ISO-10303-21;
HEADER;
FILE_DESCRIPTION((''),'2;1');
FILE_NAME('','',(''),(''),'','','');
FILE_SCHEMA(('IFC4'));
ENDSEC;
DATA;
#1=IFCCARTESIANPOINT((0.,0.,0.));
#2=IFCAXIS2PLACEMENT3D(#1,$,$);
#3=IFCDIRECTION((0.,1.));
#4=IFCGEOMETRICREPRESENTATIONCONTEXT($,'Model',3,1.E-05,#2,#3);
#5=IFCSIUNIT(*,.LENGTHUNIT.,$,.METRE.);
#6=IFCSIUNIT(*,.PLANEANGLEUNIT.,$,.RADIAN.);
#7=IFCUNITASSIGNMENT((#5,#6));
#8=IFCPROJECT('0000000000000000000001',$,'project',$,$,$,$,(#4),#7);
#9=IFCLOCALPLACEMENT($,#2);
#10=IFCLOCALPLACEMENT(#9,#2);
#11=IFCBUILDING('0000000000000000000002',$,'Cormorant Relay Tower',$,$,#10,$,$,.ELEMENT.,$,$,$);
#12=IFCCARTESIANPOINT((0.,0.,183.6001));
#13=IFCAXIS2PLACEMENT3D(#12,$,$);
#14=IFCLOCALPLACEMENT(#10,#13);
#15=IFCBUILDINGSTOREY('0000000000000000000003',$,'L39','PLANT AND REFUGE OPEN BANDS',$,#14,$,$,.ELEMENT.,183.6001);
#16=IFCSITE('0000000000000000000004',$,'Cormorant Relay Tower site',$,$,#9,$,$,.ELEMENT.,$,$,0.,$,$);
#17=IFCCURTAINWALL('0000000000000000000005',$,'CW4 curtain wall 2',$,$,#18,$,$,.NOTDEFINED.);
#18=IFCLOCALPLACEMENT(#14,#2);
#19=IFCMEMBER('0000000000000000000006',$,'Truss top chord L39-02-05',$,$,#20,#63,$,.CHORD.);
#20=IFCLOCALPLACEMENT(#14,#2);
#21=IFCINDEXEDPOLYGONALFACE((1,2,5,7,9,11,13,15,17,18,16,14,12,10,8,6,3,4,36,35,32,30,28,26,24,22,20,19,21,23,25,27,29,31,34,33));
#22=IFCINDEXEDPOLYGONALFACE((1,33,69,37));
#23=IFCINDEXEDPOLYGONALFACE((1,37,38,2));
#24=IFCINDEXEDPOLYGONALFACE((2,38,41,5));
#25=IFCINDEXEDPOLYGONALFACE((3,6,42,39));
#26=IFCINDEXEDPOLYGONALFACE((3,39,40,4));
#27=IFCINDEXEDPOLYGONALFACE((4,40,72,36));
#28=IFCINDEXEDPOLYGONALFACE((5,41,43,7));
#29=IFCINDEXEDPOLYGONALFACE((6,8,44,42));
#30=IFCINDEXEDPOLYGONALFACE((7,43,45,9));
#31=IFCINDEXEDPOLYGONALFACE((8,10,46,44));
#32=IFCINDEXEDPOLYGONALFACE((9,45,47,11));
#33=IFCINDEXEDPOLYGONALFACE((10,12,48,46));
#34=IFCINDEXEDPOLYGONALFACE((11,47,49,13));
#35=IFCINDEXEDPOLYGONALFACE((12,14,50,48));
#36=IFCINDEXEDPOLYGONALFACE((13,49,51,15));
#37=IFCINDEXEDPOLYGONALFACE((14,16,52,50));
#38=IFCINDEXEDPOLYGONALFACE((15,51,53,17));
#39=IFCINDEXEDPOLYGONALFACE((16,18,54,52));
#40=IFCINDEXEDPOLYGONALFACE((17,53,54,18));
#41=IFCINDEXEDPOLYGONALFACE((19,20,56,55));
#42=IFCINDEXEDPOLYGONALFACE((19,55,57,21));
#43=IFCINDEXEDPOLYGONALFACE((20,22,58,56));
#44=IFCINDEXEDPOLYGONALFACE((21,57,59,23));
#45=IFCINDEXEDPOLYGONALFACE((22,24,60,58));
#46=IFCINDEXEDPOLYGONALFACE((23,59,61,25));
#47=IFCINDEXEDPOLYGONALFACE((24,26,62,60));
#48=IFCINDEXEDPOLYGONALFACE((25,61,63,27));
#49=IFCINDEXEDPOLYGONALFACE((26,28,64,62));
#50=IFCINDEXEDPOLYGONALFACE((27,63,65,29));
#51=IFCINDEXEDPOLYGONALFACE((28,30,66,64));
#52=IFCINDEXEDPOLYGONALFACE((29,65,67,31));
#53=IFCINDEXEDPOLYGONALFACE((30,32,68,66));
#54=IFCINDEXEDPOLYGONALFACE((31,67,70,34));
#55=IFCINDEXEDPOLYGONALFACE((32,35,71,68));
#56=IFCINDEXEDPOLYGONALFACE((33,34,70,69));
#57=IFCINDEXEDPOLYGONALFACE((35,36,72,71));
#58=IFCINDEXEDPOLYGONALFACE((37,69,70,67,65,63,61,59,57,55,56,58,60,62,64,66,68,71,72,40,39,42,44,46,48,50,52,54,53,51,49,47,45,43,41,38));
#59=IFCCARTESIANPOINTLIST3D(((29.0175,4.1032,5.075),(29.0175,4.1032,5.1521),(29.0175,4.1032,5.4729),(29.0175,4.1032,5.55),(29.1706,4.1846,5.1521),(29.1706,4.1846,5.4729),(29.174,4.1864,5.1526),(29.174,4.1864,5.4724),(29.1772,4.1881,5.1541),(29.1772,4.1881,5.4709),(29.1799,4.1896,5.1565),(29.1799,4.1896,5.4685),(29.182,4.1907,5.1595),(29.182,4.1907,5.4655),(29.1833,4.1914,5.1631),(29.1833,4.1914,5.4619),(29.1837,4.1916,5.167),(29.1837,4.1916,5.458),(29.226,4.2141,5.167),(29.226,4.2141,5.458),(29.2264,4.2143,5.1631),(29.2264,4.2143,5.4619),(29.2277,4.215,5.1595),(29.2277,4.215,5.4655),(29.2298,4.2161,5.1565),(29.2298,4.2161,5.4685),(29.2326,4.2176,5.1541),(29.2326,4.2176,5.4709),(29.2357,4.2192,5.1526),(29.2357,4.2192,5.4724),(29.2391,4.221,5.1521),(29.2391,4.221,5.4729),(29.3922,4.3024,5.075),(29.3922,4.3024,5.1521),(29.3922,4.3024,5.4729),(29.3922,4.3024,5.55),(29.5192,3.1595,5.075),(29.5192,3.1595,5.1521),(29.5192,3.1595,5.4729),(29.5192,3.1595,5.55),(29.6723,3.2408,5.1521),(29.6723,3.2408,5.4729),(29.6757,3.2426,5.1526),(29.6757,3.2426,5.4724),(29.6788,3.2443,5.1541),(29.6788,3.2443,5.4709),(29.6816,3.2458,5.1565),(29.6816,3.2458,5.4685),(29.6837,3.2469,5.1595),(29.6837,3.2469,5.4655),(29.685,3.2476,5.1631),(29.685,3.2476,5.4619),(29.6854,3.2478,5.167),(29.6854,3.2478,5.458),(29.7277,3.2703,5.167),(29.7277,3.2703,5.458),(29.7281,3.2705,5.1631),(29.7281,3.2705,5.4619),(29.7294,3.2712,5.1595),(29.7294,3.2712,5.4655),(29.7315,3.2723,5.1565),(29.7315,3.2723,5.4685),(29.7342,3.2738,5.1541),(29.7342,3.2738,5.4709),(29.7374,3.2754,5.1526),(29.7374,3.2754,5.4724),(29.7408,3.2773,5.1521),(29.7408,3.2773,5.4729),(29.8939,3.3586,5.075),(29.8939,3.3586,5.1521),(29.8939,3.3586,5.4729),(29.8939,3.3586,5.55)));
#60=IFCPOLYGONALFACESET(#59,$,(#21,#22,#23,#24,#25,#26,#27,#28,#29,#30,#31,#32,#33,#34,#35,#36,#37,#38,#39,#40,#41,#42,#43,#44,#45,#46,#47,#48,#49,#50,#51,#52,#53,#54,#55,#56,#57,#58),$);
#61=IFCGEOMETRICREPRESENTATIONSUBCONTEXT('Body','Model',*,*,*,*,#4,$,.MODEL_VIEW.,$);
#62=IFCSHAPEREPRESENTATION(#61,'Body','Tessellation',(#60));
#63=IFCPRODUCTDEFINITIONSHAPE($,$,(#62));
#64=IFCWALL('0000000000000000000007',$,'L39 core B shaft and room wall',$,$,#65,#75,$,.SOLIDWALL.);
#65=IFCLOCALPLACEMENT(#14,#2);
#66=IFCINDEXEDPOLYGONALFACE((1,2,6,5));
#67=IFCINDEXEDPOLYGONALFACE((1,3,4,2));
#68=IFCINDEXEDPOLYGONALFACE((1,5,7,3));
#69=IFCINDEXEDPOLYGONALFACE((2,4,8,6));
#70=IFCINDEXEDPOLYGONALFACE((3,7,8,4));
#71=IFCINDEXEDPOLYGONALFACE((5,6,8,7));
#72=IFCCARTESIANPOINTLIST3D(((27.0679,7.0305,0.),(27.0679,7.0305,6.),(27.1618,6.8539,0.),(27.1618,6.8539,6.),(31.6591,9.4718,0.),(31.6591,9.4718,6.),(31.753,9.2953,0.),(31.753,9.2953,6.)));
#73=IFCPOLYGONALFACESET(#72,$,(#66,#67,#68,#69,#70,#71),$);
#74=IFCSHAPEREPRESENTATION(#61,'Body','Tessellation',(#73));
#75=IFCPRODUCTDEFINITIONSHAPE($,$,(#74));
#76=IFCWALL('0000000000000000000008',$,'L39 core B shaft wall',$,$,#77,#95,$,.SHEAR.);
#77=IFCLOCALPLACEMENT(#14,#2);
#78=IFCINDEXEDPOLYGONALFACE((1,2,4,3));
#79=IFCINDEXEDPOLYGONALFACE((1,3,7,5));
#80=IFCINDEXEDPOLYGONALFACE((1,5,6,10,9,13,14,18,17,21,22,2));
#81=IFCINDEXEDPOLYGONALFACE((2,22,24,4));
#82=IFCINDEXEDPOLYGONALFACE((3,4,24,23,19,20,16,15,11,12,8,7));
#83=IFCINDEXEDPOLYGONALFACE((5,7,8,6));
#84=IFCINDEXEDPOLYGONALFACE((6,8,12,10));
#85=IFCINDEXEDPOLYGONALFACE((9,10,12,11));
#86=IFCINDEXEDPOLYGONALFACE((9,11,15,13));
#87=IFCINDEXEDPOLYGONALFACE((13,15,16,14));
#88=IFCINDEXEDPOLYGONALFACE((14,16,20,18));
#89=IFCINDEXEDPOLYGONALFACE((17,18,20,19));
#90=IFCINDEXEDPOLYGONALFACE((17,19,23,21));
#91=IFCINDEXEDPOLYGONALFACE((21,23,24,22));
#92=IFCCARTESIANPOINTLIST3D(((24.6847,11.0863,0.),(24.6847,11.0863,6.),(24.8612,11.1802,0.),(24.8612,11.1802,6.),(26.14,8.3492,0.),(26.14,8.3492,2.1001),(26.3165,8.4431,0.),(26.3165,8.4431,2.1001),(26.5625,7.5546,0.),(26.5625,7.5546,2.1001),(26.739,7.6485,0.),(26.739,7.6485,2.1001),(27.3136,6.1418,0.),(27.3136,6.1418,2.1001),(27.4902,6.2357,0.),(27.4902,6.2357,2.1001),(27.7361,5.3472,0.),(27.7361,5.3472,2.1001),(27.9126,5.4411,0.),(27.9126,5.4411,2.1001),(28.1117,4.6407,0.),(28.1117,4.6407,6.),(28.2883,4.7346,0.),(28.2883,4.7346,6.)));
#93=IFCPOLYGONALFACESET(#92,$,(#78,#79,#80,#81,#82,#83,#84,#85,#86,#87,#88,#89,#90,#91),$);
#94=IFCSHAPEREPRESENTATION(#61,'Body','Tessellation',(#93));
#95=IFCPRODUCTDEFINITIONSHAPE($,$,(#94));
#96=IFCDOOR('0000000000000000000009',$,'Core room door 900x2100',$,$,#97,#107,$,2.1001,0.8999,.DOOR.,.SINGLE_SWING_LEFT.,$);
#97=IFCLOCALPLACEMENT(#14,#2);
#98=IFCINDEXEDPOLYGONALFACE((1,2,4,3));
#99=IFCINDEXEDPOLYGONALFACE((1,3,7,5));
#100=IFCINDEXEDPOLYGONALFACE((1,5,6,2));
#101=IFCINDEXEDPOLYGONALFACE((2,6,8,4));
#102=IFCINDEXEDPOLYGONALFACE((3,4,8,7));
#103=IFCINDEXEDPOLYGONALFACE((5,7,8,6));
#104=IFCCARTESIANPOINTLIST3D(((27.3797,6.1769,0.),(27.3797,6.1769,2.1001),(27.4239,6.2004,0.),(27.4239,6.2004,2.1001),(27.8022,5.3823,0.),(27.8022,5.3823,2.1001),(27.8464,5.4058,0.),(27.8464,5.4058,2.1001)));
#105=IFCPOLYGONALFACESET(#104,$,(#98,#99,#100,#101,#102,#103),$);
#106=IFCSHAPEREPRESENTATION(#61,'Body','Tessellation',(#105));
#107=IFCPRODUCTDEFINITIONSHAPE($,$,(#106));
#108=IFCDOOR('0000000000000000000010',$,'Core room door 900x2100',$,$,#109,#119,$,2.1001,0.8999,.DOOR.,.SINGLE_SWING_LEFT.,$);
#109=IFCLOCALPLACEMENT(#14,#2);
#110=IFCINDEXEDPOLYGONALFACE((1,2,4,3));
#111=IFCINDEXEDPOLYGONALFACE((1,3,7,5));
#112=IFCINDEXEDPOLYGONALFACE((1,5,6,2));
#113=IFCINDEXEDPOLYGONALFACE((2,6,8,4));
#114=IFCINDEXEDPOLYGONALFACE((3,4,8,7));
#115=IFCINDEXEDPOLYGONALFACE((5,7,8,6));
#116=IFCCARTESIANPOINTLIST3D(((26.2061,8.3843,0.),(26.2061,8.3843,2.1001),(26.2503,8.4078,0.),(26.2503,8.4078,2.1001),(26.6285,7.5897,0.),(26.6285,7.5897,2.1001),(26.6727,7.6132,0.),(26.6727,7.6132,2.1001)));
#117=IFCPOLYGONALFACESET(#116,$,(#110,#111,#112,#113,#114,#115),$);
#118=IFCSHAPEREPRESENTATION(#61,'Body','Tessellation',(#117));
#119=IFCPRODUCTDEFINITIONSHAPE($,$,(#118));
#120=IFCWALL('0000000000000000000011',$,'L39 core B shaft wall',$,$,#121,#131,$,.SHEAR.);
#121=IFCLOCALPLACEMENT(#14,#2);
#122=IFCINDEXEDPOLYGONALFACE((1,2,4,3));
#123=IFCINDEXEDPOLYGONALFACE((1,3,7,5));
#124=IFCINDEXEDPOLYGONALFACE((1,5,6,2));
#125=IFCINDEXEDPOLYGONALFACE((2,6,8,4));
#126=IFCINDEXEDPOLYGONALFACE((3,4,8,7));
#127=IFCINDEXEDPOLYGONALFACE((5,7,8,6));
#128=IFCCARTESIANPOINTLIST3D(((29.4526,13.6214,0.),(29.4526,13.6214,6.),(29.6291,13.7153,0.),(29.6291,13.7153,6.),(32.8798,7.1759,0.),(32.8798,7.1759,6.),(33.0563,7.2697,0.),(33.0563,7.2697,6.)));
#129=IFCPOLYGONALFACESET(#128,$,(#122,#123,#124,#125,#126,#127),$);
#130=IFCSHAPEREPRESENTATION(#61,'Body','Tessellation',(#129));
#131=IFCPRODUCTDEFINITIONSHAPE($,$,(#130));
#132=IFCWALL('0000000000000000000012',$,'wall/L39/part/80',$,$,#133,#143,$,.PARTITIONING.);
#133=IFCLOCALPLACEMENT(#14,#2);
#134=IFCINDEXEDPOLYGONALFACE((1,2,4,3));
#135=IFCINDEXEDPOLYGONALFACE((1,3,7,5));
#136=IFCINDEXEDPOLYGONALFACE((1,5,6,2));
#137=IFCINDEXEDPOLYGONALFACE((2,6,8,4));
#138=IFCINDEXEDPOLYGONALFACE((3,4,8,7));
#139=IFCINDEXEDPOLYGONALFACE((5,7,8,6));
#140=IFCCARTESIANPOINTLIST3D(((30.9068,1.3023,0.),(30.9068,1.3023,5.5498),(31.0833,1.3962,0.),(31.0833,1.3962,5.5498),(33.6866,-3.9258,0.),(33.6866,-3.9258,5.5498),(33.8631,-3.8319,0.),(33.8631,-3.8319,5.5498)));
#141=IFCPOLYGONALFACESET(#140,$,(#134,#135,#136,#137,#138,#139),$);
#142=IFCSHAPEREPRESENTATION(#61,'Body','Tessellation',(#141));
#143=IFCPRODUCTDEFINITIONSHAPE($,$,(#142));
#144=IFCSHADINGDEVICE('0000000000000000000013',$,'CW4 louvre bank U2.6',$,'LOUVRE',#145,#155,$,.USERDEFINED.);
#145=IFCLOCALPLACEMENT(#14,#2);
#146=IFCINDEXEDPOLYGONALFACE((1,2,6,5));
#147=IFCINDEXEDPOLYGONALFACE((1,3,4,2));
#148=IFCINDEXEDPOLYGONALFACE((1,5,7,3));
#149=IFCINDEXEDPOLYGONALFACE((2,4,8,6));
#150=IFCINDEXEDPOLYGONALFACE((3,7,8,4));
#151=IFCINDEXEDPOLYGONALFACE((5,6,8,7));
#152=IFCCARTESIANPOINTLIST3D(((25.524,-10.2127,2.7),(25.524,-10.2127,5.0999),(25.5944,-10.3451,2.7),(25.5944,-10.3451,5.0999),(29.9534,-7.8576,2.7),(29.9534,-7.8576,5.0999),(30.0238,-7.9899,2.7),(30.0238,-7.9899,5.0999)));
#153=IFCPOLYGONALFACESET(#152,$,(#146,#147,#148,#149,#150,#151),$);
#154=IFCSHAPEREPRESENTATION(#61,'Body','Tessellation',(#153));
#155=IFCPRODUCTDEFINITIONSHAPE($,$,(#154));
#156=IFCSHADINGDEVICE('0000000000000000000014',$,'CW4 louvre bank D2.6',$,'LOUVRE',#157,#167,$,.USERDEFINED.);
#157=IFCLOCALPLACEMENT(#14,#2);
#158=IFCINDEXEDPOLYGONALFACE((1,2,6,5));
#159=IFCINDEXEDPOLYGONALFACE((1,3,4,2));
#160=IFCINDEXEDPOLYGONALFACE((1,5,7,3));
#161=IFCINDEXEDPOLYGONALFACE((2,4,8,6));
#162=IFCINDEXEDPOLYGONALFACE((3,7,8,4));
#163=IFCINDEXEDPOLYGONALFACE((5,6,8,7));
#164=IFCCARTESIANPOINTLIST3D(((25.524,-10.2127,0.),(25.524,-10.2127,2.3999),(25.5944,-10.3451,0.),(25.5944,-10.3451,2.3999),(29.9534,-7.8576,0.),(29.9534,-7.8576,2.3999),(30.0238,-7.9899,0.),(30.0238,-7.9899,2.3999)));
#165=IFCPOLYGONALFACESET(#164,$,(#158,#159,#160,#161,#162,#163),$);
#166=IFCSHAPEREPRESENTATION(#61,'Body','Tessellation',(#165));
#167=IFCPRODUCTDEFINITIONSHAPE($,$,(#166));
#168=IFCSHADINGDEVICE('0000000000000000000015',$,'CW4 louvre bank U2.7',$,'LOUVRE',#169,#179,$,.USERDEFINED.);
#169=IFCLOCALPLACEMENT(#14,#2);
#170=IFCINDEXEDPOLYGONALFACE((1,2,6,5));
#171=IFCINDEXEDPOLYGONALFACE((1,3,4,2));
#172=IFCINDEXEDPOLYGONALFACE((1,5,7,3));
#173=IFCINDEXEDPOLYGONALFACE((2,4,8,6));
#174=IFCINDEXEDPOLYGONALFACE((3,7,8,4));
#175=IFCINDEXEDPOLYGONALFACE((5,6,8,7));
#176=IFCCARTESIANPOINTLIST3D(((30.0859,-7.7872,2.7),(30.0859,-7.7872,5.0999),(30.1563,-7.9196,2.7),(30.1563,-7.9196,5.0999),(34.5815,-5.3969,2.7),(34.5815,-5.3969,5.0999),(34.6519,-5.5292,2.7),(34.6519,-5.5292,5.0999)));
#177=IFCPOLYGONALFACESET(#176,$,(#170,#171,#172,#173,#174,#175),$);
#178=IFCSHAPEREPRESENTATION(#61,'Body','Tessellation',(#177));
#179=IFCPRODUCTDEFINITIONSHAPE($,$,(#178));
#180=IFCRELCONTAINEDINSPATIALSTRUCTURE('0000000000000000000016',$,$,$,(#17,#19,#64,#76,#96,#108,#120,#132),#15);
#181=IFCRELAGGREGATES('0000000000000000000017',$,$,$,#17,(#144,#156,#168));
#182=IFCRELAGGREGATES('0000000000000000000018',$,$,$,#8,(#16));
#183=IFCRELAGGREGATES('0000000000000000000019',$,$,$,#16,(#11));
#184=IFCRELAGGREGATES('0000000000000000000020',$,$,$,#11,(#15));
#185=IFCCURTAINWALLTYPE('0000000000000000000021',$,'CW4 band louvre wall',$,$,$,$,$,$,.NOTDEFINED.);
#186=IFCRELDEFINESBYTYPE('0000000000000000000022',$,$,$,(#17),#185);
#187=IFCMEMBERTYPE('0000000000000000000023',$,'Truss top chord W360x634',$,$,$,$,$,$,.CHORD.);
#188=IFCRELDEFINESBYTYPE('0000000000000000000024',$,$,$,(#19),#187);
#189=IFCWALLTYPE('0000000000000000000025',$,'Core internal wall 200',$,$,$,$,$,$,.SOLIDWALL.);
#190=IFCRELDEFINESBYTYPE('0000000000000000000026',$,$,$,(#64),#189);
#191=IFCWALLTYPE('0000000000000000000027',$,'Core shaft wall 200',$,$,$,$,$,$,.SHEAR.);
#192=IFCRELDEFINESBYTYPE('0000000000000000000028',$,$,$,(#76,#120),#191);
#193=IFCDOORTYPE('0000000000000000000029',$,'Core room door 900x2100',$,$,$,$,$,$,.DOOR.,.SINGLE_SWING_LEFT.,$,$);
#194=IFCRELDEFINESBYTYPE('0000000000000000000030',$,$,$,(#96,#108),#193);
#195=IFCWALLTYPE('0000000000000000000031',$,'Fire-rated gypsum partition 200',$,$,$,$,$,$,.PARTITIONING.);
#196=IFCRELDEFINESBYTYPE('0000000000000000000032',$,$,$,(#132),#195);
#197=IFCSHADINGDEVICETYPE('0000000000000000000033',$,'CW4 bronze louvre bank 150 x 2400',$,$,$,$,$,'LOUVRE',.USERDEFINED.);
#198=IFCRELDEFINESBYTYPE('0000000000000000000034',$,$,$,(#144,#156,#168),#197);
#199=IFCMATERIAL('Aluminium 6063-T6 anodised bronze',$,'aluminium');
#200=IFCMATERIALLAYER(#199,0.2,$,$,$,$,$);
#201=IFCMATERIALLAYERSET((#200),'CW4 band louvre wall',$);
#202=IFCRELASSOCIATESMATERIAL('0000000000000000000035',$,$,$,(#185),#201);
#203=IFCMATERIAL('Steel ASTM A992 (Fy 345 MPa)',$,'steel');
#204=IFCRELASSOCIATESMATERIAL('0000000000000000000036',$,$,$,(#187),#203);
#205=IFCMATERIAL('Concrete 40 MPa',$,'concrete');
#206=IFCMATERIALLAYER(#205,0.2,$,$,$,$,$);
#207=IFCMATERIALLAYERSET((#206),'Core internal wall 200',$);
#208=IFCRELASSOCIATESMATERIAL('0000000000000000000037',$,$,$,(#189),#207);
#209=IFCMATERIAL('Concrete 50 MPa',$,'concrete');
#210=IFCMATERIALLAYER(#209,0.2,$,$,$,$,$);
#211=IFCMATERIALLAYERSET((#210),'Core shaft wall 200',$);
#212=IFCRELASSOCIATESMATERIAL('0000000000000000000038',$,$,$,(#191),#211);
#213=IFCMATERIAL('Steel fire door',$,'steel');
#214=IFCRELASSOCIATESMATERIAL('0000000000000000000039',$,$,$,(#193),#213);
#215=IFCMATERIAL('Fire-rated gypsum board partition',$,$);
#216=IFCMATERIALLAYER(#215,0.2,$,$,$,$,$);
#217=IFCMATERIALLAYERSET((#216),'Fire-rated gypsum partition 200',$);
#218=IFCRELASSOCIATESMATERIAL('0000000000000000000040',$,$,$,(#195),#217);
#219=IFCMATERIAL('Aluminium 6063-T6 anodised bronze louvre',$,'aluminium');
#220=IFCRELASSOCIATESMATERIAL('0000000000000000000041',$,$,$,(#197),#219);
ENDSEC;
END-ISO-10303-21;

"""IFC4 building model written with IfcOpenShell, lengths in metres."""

from ifc_helpers import new_model, si_unit, direction, frame, frame_2d, origin, origin_2d, place, context, subcontext, project, spatial, rectangle, i_section, extrude, material, layer, layer_set, material_profile, profile_set, type_object, element, fill, aggregate, save


model = new_model("IFC4")

# Units and contexts
model_context = context("Model", 3, precision=1e-05, world=origin(), true_north=direction((0.0, 1.0)))
body_context = subcontext(model_context, "Body", "Model", "MODEL_VIEW")
ifc_project = project(units=[si_unit("LENGTHUNIT", "METRE"), si_unit("PLANEANGLEUNIT", "RADIAN")], contexts=[model_context])

# Site, building, storey
site_placement = place(None, origin())
site = spatial("IfcSite", under=ifc_project, at=site_placement, Name="Cormorant Relay Tower site", CompositionType="ELEMENT", RefElevation=0.0)
building_placement = place(site_placement, origin())
building = spatial("IfcBuilding", under=site, at=building_placement, Name="Cormorant Relay Tower", CompositionType="ELEMENT")
storey_placement = place(building_placement, frame((0.0, 0.0, 183.6001)))
storey = spatial("IfcBuildingStorey", under=building, at=storey_placement, Name="L39", Description="PLANT AND REFUGE OPEN BANDS", CompositionType="ELEMENT", Elevation=183.6001)

# Curtain wall
ifc_material_1 = material(Name="Aluminium 6063-T6 anodised bronze", Category="aluminium")
ifc_layer_1 = layer(ifc_material_1, 0.2)
ifc_layer_set_1 = layer_set([ifc_layer_1], Name="CW4 band louvre wall")
curtain_wall_type = type_object("IfcCurtainWallType", Name="CW4 band louvre wall", PredefinedType="NOTDEFINED", material=ifc_layer_set_1)
curtain_wall_placement = place(storey_placement, origin())
curtain_wall = element("IfcCurtainWall", 1, at=curtain_wall_placement, inside=storey, type_object=curtain_wall_type, Name="CW4 curtain wall 2", PredefinedType="NOTDEFINED")

# Member
ifc_material_2 = material(Name="Steel ASTM A992 (Fy 345 MPa)", Category="steel")
ifc_material_profile_1 = material_profile(ifc_material_2, i_section(OverallWidth=0.4243, OverallDepth=0.4751, WebThickness=0.0479, FlangeThickness=0.0771, FilletRadius=0.0149, at=origin_2d()), Name="W360x634")
ifc_profile_set_1 = profile_set([ifc_material_profile_1], Name="Steel ASTM A992 (Fy 345 MPa)")
member_type_1 = type_object("IfcMemberType", Name="Truss top chord W360x634", PredefinedType="CHORD", material=ifc_profile_set_1)
member_1_placement = place(storey_placement, frame((29.7065, 3.259, 5.3125), z_axis=(-0.469367, 0.883003, 0.0), x_axis=(-0.883003, -0.469367, 0.0)))
element("IfcMember", 2, at=member_1_placement, inside=storey, type_object=member_type_1, Name="Truss top chord L39-02-05", PredefinedType="CHORD", context=body_context, shape_type="SweptSolid", body=[
    extrude(i_section(OverallWidth=0.4243, OverallDepth=0.4751, WebThickness=0.0479, FlangeThickness=0.0771, FilletRadius=0.0149, at=origin_2d()), origin(), (0.0, 0.0, 1.0), 1.0688),
])

# Wall
ifc_material_3 = material(Name="Concrete 40 MPa", Category="concrete")
ifc_layer_2 = layer(ifc_material_3, 0.2)
ifc_layer_set_2 = layer_set([ifc_layer_2], Name="Core internal wall 200")
wall_type_1 = type_object("IfcWallType", Name="Core internal wall 200", PredefinedType="SOLIDWALL", material=ifc_layer_set_2)
wall_1_placement = place(storey_placement, frame((27.1147, 6.9421, 0.0), z_axis=(0.0, 0.0, 1.0), x_axis=(0.882935, 0.469496, 0.0)))
element("IfcWall", 3, at=wall_1_placement, inside=storey, type_object=wall_type_1, Name="L39 core B shaft and room wall", PredefinedType="SOLIDWALL", context=body_context, shape_type="SweptSolid", body=[
    extrude(rectangle(XDim=5.2, YDim=0.2, at=frame_2d((2.6001, 0.0))), origin(), (0.0, 0.0, 1.0), 6.0),
])

# Wall, openings, doors
ifc_material_4 = material(Name="Concrete 50 MPa", Category="concrete")
ifc_layer_3 = layer(ifc_material_4, 0.2)
ifc_layer_set_3 = layer_set([ifc_layer_3], Name="Core shaft wall 200")
wall_type_2 = type_object("IfcWallType", Name="Core shaft wall 200", PredefinedType="SHEAR", material=ifc_layer_set_3)
wall_2_placement = place(storey_placement, frame((28.2, 4.6877, 0.0), z_axis=(0.0, 0.0, 1.0), x_axis=(-0.469454, 0.882957, 0.0)))
wall_2 = element("IfcWall", 4, at=wall_2_placement, inside=storey, type_object=wall_type_2, Name="L39 core B shaft wall", PredefinedType="SHEAR", context=body_context, shape_type="SweptSolid", body=[
    extrude(rectangle(XDim=7.3, YDim=0.2, at=frame_2d((3.6499, 0.0))), origin(), (0.0, 0.0, 1.0), 6.0),
])
opening_1_placement = place(wall_2_placement, frame((0.8, 0.0, 0.0)))
opening_1 = element("IfcOpeningElement", 5, at=opening_1_placement, cuts=wall_2, PredefinedType="OPENING", context=body_context, shape_type="SweptSolid", body=[
    extrude(rectangle(XDim=0.8999, YDim=2.1001, at=frame_2d((0.45, 1.05))), frame((0.0, 0.1099, 0.0), z_axis=(0.0, -1.0, 0.0), x_axis=(1.0, 0.0, 0.0)), (0.0, 0.0, 1.0), 0.22),
])
opening_2_placement = place(wall_2_placement, frame((3.3, 0.0, 0.0)))
opening_2 = element("IfcOpeningElement", 6, at=opening_2_placement, cuts=wall_2, PredefinedType="OPENING", context=body_context, shape_type="SweptSolid", body=[
    extrude(rectangle(XDim=0.8999, YDim=2.1001, at=frame_2d((0.45, 1.05))), frame((0.0, 0.1099, 0.0), z_axis=(0.0, -1.0, 0.0), x_axis=(1.0, 0.0, 0.0)), (0.0, 0.0, 1.0), 0.22),
])
ifc_material_5 = material(Name="Steel fire door", Category="steel")
door_type = type_object("IfcDoorType", Name="Core room door 900x2100", OperationType="SINGLE_SWING_LEFT", PredefinedType="DOOR", material=ifc_material_5)
door_1_placement = place(opening_1_placement, frame((0.8999, 0.0, 0.0), z_axis=(0.0, 0.0, 1.0), x_axis=(-1.0, 0.0, 0.0)))
door_1 = element("IfcDoor", 7, at=door_1_placement, inside=storey, type_object=door_type, Name="Core room door 900x2100", OperationType="SINGLE_SWING_LEFT", OverallHeight=2.1001, OverallWidth=0.8999, PredefinedType="DOOR", context=body_context, shape_type="SweptSolid", body=[
    extrude(rectangle(XDim=0.8999, YDim=2.1001, at=frame_2d((0.45, 1.05))), frame((0.0, 0.0249, 0.0), z_axis=(0.0, -1.0, 0.0), x_axis=(1.0, 0.0, 0.0)), (0.0, 0.0, 1.0), 0.05),
])
fill(opening_1, door_1)
door_2_placement = place(opening_2_placement, frame((0.8999, 0.0, 0.0), z_axis=(0.0, 0.0, 1.0), x_axis=(-1.0, 0.0, 0.0)))
door_2 = element("IfcDoor", 8, at=door_2_placement, inside=storey, type_object=door_type, Name="Core room door 900x2100", OperationType="SINGLE_SWING_LEFT", OverallHeight=2.1001, OverallWidth=0.8999, PredefinedType="DOOR", context=body_context, shape_type="SweptSolid", body=[
    extrude(rectangle(XDim=0.8999, YDim=2.1001, at=frame_2d((0.45, 1.05))), frame((0.0, 0.0249, 0.0), z_axis=(0.0, -1.0, 0.0), x_axis=(1.0, 0.0, 0.0)), (0.0, 0.0, 1.0), 0.05),
])
fill(opening_2, door_2)

# Walls
wall_3_placement = place(storey_placement, frame((32.968, 7.2229, 0.0), z_axis=(0.0, 0.0, 1.0), x_axis=(-0.46948, 0.882943, 0.0)))
element("IfcWall", 9, at=wall_3_placement, inside=storey, type_object=wall_type_2, Name="L39 core B shaft wall", PredefinedType="SHEAR", context=body_context, shape_type="SweptSolid", body=[
    extrude(rectangle(XDim=7.3, YDim=0.2, at=frame_2d((3.6499, 0.0))), origin(), (0.0, 0.0, 1.0), 6.0),
])
ifc_material_6 = material(Name="Fire-rated gypsum board partition")
ifc_layer_4 = layer(ifc_material_6, 0.2)
ifc_layer_set_4 = layer_set([ifc_layer_4], Name="Fire-rated gypsum partition 200")
wall_type_3 = type_object("IfcWallType", Name="Fire-rated gypsum partition 200", PredefinedType="PARTITIONING", material=ifc_layer_set_4)
wall_4_placement = place(storey_placement, frame((30.9951, 1.3491, 0.0), z_axis=(0.0, 0.0, 1.0), x_axis=(0.469471, -0.882948, 0.0)))
element("IfcWall", 10, at=wall_4_placement, inside=storey, type_object=wall_type_3, Name="wall/L39/part/80", PredefinedType="PARTITIONING", context=body_context, shape_type="SweptSolid", body=[
    extrude(rectangle(XDim=5.9211, YDim=0.2, at=frame_2d((2.9604, 0.0))), origin(), (0.0, 0.0, 1.0), 5.5498),
])

# Shading devices
ifc_material_7 = material(Name="Aluminium 6063-T6 anodised bronze louvre", Category="aluminium")
shading_device_type = type_object("IfcShadingDeviceType", Name="CW4 bronze louvre bank 150 x 2400", ElementType="LOUVRE", PredefinedType="USERDEFINED", material=ifc_material_7)
shading_device_1_placement = place(storey_placement, frame((27.7739, -9.1013, 2.7), z_axis=(0.0, 0.0, 1.0), x_axis=(0.882948, 0.469472, 0.0)))
shading_device_1 = element("IfcShadingDevice", 11, at=shading_device_1_placement, type_object=shading_device_type, Name="CW4 louvre bank U2.6", ObjectType="LOUVRE", PredefinedType="USERDEFINED", context=body_context, shape_type="SweptSolid", body=[
    extrude(rectangle(XDim=5.0166, YDim=0.1499, at=origin_2d()), origin(), (0.0, 0.0, 1.0), 2.3999),
])
shading_device_2_placement = place(storey_placement, frame((27.7739, -9.1013, 0.0), z_axis=(0.0, 0.0, 1.0), x_axis=(0.882948, 0.469472, 0.0)))
shading_device_2 = element("IfcShadingDevice", 12, at=shading_device_2_placement, type_object=shading_device_type, Name="CW4 louvre bank D2.6", ObjectType="LOUVRE", PredefinedType="USERDEFINED", context=body_context, shape_type="SweptSolid", body=[
    extrude(rectangle(XDim=5.0166, YDim=0.1499, at=origin_2d()), origin(), (0.0, 0.0, 1.0), 2.3999),
])
shading_device_3_placement = place(storey_placement, frame((32.3689, -6.6582, 2.7), z_axis=(0.0, 0.0, 1.0), x_axis=(0.882948, 0.469472, 0.0)))
shading_device_3 = element("IfcShadingDevice", 13, at=shading_device_3_placement, type_object=shading_device_type, Name="CW4 louvre bank U2.7", ObjectType="LOUVRE", PredefinedType="USERDEFINED", context=body_context, shape_type="SweptSolid", body=[
    extrude(rectangle(XDim=5.0916, YDim=0.1499, at=origin_2d()), origin(), (0.0, 0.0, 1.0), 2.3999),
])
aggregate(curtain_wall, [shading_device_1, shading_device_2, shading_device_3])

save(model, "model.ifc")
